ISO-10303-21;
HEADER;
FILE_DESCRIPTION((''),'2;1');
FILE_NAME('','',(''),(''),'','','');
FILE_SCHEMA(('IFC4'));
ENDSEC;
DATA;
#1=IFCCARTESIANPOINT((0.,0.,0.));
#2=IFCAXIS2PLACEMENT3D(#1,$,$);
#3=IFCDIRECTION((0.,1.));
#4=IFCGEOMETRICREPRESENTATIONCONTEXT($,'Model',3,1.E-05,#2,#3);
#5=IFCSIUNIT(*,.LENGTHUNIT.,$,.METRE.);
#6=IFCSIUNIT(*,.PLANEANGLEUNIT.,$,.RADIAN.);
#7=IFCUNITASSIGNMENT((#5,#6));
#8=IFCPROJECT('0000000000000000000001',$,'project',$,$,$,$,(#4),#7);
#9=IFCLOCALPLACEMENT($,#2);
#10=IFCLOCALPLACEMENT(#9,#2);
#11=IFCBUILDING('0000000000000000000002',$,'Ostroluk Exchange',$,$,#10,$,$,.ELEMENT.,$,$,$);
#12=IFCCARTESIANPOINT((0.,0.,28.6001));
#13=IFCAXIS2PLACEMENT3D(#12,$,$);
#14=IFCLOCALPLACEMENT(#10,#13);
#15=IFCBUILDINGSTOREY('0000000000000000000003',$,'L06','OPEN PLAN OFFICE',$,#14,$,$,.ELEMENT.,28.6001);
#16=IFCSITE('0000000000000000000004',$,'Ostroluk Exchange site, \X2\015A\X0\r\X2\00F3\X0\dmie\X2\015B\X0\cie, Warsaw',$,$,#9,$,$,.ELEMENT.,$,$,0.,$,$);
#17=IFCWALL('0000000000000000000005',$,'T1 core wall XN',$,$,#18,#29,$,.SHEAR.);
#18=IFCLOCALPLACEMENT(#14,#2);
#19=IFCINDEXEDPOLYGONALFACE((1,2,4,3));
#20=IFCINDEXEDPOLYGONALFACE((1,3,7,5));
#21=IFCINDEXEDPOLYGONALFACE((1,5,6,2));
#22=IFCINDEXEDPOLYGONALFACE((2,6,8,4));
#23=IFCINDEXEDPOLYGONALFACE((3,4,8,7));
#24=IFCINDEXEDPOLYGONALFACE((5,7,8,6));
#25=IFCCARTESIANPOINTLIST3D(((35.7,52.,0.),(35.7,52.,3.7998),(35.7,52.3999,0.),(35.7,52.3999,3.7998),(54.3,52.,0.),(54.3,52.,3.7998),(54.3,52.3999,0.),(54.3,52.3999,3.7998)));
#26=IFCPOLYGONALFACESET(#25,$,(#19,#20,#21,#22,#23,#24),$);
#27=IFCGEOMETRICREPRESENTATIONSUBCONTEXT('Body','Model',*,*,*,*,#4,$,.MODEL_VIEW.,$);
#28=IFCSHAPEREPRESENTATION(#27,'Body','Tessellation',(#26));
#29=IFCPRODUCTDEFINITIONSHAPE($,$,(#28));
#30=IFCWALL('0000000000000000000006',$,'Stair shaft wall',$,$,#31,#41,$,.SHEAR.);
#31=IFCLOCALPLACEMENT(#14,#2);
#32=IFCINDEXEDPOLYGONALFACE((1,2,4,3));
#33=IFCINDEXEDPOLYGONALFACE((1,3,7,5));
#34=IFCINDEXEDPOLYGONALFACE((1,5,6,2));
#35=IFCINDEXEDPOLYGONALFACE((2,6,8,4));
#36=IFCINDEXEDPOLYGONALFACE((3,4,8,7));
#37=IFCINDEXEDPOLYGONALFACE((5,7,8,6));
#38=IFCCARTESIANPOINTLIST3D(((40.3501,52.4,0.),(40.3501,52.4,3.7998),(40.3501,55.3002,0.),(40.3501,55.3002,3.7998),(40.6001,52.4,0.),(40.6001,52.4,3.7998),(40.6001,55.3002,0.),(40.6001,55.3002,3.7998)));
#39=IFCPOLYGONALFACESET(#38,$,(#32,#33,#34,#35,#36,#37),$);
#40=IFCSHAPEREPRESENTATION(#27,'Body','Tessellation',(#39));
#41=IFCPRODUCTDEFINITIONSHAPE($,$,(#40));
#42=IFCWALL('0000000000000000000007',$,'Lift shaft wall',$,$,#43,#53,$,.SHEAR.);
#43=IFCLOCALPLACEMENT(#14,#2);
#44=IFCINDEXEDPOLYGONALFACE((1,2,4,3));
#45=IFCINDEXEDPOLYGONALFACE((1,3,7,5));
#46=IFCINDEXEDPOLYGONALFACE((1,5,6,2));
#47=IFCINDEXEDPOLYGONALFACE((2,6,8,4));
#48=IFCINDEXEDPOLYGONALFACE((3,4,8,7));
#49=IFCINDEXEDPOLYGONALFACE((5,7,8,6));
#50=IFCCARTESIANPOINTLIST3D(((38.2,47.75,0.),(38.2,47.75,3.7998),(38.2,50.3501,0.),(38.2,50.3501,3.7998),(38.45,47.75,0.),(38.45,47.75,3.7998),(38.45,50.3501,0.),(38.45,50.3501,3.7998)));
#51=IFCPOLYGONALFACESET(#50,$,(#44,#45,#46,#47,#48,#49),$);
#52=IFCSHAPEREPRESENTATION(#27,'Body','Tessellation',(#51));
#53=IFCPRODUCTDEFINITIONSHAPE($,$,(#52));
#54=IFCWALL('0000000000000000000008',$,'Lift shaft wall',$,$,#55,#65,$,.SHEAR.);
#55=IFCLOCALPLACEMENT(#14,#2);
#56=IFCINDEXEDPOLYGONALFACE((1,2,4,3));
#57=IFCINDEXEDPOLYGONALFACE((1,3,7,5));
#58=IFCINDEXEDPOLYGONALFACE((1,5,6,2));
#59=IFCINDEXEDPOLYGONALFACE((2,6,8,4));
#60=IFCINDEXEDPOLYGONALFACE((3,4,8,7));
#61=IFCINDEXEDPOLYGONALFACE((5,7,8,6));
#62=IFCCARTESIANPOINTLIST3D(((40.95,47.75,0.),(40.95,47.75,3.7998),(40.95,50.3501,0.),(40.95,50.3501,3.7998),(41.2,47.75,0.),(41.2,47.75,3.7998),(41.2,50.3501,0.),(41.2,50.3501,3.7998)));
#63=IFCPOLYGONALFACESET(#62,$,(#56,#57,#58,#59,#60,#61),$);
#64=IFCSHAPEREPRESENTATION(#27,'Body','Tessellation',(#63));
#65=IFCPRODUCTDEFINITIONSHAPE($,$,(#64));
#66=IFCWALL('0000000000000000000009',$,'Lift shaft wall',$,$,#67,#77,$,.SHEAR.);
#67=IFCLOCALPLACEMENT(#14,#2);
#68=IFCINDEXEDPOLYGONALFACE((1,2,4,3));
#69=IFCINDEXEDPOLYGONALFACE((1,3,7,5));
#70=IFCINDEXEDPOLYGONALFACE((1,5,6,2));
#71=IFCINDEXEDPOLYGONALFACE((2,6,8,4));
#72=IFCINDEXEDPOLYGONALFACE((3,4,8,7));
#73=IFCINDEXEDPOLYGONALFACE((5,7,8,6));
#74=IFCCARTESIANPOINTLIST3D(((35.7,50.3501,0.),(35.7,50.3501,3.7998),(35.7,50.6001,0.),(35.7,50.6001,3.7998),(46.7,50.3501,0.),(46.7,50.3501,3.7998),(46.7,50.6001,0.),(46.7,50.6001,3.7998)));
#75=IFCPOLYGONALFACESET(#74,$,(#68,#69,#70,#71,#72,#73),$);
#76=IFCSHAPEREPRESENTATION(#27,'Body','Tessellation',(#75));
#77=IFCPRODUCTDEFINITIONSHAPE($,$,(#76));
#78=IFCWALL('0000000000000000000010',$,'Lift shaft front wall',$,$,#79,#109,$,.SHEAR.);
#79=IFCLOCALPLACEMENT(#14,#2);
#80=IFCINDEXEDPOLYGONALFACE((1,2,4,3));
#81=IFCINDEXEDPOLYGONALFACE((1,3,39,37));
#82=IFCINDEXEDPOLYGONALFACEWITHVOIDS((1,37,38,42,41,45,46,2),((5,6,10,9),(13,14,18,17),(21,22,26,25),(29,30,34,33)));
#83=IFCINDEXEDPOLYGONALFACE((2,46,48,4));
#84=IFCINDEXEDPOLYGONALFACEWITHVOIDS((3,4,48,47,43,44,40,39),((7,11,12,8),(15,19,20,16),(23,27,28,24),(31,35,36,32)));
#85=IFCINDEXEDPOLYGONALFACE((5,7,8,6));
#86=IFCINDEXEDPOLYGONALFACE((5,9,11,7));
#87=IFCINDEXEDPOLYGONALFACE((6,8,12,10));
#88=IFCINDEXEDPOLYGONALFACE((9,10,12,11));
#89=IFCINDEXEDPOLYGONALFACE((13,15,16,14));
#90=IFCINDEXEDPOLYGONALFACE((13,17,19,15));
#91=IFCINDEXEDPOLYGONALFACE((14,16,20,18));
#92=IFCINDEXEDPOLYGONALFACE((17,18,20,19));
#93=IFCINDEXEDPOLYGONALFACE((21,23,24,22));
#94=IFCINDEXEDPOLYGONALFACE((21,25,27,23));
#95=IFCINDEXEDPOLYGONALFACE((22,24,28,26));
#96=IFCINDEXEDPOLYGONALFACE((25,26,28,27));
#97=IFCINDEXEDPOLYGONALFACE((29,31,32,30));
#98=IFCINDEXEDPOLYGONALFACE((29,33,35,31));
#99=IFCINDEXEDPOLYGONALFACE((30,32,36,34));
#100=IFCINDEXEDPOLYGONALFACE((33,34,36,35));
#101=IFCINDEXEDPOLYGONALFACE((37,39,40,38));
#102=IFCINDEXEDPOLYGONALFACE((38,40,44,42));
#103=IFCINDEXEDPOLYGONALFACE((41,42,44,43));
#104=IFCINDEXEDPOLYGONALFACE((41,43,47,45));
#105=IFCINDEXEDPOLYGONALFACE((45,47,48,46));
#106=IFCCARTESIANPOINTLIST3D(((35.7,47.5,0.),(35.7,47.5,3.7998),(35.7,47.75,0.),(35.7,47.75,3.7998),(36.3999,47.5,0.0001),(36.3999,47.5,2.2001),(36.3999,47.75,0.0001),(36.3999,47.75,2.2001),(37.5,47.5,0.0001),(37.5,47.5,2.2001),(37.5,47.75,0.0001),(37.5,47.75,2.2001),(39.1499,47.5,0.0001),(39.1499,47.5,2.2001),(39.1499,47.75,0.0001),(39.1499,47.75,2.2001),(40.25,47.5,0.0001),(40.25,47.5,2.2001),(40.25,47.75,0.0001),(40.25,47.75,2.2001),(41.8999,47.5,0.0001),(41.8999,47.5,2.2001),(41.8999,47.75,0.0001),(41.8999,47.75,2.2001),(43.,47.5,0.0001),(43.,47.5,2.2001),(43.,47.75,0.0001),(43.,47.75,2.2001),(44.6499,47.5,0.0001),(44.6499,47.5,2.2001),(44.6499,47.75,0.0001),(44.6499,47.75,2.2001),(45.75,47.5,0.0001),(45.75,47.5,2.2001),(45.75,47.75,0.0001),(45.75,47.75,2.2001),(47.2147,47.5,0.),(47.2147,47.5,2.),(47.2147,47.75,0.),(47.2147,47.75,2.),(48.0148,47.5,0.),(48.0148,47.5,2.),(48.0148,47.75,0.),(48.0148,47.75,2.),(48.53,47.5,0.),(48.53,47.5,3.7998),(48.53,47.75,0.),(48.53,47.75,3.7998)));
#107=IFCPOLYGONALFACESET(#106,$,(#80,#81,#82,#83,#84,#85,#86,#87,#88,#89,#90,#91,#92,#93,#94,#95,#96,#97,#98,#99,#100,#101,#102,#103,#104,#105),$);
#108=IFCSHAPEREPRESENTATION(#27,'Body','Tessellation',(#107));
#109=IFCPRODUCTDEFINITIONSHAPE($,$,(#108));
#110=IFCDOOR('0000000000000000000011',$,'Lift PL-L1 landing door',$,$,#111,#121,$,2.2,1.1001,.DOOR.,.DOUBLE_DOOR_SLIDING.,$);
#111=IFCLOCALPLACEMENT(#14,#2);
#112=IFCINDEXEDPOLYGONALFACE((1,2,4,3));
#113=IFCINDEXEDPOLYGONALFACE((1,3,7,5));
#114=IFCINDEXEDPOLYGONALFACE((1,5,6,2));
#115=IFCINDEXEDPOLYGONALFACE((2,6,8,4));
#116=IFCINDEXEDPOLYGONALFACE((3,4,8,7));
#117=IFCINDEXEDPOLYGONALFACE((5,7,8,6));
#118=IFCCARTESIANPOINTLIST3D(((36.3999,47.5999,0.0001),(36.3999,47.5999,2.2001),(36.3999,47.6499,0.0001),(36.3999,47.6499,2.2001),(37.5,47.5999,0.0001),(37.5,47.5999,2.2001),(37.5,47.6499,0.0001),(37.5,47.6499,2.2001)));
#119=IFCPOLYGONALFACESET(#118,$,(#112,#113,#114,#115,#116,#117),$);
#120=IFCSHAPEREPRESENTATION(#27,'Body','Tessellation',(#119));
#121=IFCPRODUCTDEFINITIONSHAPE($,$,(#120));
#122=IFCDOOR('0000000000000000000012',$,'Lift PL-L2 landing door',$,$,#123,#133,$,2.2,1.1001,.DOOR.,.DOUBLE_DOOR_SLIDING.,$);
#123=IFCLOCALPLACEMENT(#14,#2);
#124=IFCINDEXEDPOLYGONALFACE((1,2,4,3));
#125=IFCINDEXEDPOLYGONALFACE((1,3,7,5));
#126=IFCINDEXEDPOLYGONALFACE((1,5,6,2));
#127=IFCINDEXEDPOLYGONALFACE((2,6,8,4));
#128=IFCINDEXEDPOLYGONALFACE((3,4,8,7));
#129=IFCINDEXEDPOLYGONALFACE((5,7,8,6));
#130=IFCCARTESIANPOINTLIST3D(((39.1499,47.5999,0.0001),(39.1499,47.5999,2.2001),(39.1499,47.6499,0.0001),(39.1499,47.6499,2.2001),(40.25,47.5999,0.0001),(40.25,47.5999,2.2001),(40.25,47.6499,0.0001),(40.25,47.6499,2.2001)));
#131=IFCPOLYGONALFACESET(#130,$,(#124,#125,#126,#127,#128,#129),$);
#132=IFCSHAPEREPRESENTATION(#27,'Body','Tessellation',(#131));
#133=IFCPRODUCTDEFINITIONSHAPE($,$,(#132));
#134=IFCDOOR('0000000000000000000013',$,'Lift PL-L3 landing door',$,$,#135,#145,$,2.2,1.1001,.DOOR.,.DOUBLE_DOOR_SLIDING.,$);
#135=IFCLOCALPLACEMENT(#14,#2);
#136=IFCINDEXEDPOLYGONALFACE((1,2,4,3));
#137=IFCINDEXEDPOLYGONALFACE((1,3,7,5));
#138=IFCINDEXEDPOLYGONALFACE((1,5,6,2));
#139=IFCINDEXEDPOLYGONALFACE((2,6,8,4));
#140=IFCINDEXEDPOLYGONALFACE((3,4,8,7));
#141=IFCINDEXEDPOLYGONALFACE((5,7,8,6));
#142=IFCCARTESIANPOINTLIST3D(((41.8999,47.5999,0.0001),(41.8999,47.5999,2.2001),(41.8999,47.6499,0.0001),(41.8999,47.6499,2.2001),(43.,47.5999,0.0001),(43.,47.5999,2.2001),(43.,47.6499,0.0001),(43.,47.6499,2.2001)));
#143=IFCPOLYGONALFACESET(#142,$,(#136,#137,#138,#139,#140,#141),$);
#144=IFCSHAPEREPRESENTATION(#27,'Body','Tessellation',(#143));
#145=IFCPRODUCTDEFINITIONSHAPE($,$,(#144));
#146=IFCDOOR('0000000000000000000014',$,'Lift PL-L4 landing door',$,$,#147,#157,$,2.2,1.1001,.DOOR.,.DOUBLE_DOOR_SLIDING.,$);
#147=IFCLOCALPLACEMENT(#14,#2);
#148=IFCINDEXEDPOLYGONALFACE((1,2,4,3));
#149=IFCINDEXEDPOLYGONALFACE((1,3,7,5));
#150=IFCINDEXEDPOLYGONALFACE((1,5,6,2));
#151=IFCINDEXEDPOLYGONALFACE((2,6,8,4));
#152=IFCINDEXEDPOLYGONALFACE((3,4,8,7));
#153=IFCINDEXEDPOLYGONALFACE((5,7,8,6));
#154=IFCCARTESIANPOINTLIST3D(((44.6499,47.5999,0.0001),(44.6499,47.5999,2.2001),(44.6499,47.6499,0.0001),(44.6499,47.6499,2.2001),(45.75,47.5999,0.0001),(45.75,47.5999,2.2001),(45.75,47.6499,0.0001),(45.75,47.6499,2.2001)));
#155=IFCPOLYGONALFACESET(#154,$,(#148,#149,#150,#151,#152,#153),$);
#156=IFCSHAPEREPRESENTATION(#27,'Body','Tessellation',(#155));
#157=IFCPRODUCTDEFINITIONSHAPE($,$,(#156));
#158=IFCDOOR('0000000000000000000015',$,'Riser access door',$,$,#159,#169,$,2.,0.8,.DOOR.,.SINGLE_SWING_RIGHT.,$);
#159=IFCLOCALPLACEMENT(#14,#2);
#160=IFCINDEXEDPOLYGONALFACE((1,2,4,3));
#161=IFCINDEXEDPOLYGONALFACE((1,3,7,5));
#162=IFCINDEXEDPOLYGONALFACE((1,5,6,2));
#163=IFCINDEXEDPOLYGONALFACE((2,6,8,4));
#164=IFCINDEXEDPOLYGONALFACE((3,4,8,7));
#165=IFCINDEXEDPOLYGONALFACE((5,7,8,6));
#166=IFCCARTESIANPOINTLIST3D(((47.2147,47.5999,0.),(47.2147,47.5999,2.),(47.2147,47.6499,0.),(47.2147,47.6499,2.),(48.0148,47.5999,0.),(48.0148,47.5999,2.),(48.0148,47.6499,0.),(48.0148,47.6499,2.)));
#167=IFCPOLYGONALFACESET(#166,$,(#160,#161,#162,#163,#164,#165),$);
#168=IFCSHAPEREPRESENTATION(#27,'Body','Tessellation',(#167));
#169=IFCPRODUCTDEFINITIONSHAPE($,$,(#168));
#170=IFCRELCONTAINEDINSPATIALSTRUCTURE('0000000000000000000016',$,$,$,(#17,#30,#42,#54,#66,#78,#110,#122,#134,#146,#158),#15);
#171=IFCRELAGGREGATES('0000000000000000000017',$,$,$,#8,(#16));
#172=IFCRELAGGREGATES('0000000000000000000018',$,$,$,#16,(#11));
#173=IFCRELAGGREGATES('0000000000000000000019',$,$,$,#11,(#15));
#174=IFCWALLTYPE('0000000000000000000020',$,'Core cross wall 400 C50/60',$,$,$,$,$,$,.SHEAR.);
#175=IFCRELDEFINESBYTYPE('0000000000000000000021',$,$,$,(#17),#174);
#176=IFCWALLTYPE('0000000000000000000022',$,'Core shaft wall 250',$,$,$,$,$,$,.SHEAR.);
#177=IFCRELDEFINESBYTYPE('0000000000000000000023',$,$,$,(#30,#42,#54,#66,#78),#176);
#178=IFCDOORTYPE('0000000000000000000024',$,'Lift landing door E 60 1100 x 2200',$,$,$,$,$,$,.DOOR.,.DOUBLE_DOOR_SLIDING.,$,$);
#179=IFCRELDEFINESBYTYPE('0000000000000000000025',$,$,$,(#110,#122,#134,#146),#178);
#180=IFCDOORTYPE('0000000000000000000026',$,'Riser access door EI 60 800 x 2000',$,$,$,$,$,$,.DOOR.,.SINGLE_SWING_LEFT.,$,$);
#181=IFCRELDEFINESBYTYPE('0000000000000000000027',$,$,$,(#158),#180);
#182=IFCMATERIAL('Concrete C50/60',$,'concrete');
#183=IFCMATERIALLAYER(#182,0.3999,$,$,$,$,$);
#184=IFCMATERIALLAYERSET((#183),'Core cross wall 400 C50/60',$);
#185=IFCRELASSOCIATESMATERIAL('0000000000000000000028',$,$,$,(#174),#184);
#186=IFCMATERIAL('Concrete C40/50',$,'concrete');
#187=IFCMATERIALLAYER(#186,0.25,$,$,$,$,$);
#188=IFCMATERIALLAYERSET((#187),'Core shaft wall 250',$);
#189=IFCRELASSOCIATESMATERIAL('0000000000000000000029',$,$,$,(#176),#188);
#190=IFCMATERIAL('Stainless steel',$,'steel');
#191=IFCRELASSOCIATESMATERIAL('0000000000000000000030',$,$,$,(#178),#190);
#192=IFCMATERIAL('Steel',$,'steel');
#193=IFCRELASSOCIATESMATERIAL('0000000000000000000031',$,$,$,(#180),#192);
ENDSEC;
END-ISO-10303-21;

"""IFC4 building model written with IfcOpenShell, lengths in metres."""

from ifc_helpers import new_model, si_unit, direction, frame, frame_2d, origin, place, context, subcontext, project, spatial, rectangle, extrude, material, layer, layer_set, type_object, element, fill, save


model = new_model("IFC4")

# Units and contexts
model_context = context("Model", 3, precision=1e-05, world=origin(), true_north=direction((0.0, 1.0)))
body_context = subcontext(model_context, "Body", "Model", "MODEL_VIEW")
ifc_project = project(units=[si_unit("LENGTHUNIT", "METRE"), si_unit("PLANEANGLEUNIT", "RADIAN")], contexts=[model_context])

# Site, building, storey
site_placement = place(None, origin())
site = spatial("IfcSite", under=ifc_project, at=site_placement, Name="Ostroluk Exchange site, Śródmieście, Warsaw", CompositionType="ELEMENT", RefElevation=0.0)
building_placement = place(site_placement, origin())
building = spatial("IfcBuilding", under=site, at=building_placement, Name="Ostroluk Exchange", CompositionType="ELEMENT")
storey_placement = place(building_placement, frame((0.0, 0.0, 28.6001)))
storey = spatial("IfcBuildingStorey", under=building, at=storey_placement, Name="L06", Description="OPEN PLAN OFFICE", CompositionType="ELEMENT", Elevation=28.6001)

# Walls
ifc_material_1 = material(Name="Concrete C50/60", Category="concrete")
ifc_layer_1 = layer(ifc_material_1, 0.3999)
ifc_layer_set_1 = layer_set([ifc_layer_1], Name="Core cross wall 400 C50/60")
wall_type_1 = type_object("IfcWallType", Name="Core cross wall 400 C50/60", PredefinedType="SHEAR", material=ifc_layer_set_1)
wall_1_placement = place(storey_placement, frame((35.7, 52.2, 0.0), z_axis=(0.0, 0.0, 1.0), x_axis=(1.0, 0.0, 0.0)))
element("IfcWall", 1, at=wall_1_placement, inside=storey, type_object=wall_type_1, Name="T1 core wall XN", PredefinedType="SHEAR", context=body_context, shape_type="SweptSolid", body=[
    extrude(rectangle(XDim=18.6001, YDim=0.3999, at=frame_2d((9.3, 0.0))), origin(), (0.0, 0.0, 1.0), 3.7998),
])
ifc_material_2 = material(Name="Concrete C40/50", Category="concrete")
ifc_layer_2 = layer(ifc_material_2, 0.25)
ifc_layer_set_2 = layer_set([ifc_layer_2], Name="Core shaft wall 250")
wall_type_2 = type_object("IfcWallType", Name="Core shaft wall 250", PredefinedType="SHEAR", material=ifc_layer_set_2)
wall_2_placement = place(storey_placement, frame((40.4751, 52.3999, 0.0), z_axis=(0.0, 0.0, 1.0), x_axis=(0.0, 1.0, 0.0)))
element("IfcWall", 2, at=wall_2_placement, inside=storey, type_object=wall_type_2, Name="Stair shaft wall", PredefinedType="SHEAR", context=body_context, shape_type="SweptSolid", body=[
    extrude(rectangle(XDim=2.9001, YDim=0.25, at=frame_2d((1.4502, 0.0))), origin(), (0.0, 0.0, 1.0), 3.7998),
])
for number, where, z_axis, x_axis, name in (
    (3, (38.325, 47.75, 0.0), (0.0, 0.0, 1.0), (0.0, 1.0, 0.0), "Lift shaft wall"),
    (4, (41.075, 47.75, 0.0), (0.0, 0.0, 1.0), (0.0, 1.0, 0.0), "Lift shaft wall"),
):
    element("IfcWall", number, at=place(storey_placement, frame(where, z_axis=z_axis, x_axis=x_axis)), inside=storey, type_object=wall_type_2, Name=name, PredefinedType="SHEAR", context=body_context, shape_type="SweptSolid", body=[
        extrude(rectangle(XDim=2.6001, YDim=0.25, at=frame_2d((1.3, 0.0))), origin(), (0.0, 0.0, 1.0), 3.7998),
    ])
wall_3_placement = place(storey_placement, frame((35.7, 50.4751, 0.0), z_axis=(0.0, 0.0, 1.0), x_axis=(1.0, 0.0, 0.0)))
element("IfcWall", 5, at=wall_3_placement, inside=storey, type_object=wall_type_2, Name="Lift shaft wall", PredefinedType="SHEAR", context=body_context, shape_type="SweptSolid", body=[
    extrude(rectangle(XDim=11.0, YDim=0.25, at=frame_2d((5.5, 0.0))), origin(), (0.0, 0.0, 1.0), 3.7998),
])

# Wall, openings, doors
wall_4_placement = place(storey_placement, frame((35.7, 47.625, 0.0), z_axis=(0.0, 0.0, 1.0), x_axis=(1.0, 0.0, 0.0)))
wall_4 = element("IfcWall", 6, at=wall_4_placement, inside=storey, type_object=wall_type_2, Name="Lift shaft front wall", PredefinedType="SHEAR", context=body_context, shape_type="SweptSolid", body=[
    extrude(rectangle(XDim=12.8301, YDim=0.25, at=frame_2d((6.415, 0.0))), origin(), (0.0, 0.0, 1.0), 3.7998),
])
opening_1_placement = place(wall_4_placement, frame((0.7, 0.0, 0.0)))
opening_1 = element("IfcOpeningElement", 7, at=opening_1_placement, cuts=wall_4, PredefinedType="OPENING", context=body_context, shape_type="SweptSolid", body=[
    extrude(rectangle(XDim=1.1001, YDim=2.2, at=frame_2d((0.55, 1.1001))), frame((0.0, 0.135, 0.0), z_axis=(0.0, -1.0, 0.0), x_axis=(1.0, 0.0, 0.0)), (0.0, 0.0, 1.0), 0.27),
])
opening_2_placement = place(wall_4_placement, frame((3.45, 0.0, 0.0)))
opening_2 = element("IfcOpeningElement", 8, at=opening_2_placement, cuts=wall_4, PredefinedType="OPENING", context=body_context, shape_type="SweptSolid", body=[
    extrude(rectangle(XDim=1.1001, YDim=2.2, at=frame_2d((0.55, 1.1001))), frame((0.0, 0.135, 0.0), z_axis=(0.0, -1.0, 0.0), x_axis=(1.0, 0.0, 0.0)), (0.0, 0.0, 1.0), 0.27),
])
opening_3_placement = place(wall_4_placement, frame((6.2, 0.0, 0.0)))
opening_3 = element("IfcOpeningElement", 9, at=opening_3_placement, cuts=wall_4, PredefinedType="OPENING", context=body_context, shape_type="SweptSolid", body=[
    extrude(rectangle(XDim=1.1001, YDim=2.2, at=frame_2d((0.55, 1.1001))), frame((0.0, 0.135, 0.0), z_axis=(0.0, -1.0, 0.0), x_axis=(1.0, 0.0, 0.0)), (0.0, 0.0, 1.0), 0.27),
])
opening_4_placement = place(wall_4_placement, frame((8.95, 0.0, 0.0)))
opening_4 = element("IfcOpeningElement", 10, at=opening_4_placement, cuts=wall_4, PredefinedType="OPENING", context=body_context, shape_type="SweptSolid", body=[
    extrude(rectangle(XDim=1.1001, YDim=2.2, at=frame_2d((0.55, 1.1001))), frame((0.0, 0.135, 0.0), z_axis=(0.0, -1.0, 0.0), x_axis=(1.0, 0.0, 0.0)), (0.0, 0.0, 1.0), 0.27),
])
opening_5_placement = place(wall_4_placement, frame((11.5149, 0.0, 0.0)))
opening_5 = element("IfcOpeningElement", 11, at=opening_5_placement, cuts=wall_4, PredefinedType="OPENING", context=body_context, shape_type="SweptSolid", body=[
    extrude(rectangle(XDim=0.8, YDim=2.0, at=frame_2d((0.3999, 1.0))), frame((0.0, 0.135, 0.0), z_axis=(0.0, -1.0, 0.0), x_axis=(1.0, 0.0, 0.0)), (0.0, 0.0, 1.0), 0.27),
])
ifc_material_3 = material(Name="Stainless steel", Category="steel")
door_type_1 = type_object("IfcDoorType", Name="Lift landing door E 60 1100 x 2200", OperationType="DOUBLE_DOOR_SLIDING", PredefinedType="DOOR", material=ifc_material_3)
door_1_placement = place(opening_1_placement, origin())
door_1 = element("IfcDoor", 12, at=door_1_placement, inside=storey, type_object=door_type_1, Name="Lift PL-L1 landing door", OperationType="DOUBLE_DOOR_SLIDING", OverallHeight=2.2, OverallWidth=1.1001, PredefinedType="DOOR", context=body_context, shape_type="SweptSolid", body=[
    extrude(rectangle(XDim=1.1001, YDim=2.2, at=frame_2d((0.55, 1.1001))), frame((0.0, 0.0249, 0.0), z_axis=(0.0, -1.0, 0.0), x_axis=(1.0, 0.0, 0.0)), (0.0, 0.0, 1.0), 0.05),
])
fill(opening_1, door_1)
door_2_placement = place(opening_2_placement, origin())
door_2 = element("IfcDoor", 13, at=door_2_placement, inside=storey, type_object=door_type_1, Name="Lift PL-L2 landing door", OperationType="DOUBLE_DOOR_SLIDING", OverallHeight=2.2, OverallWidth=1.1001, PredefinedType="DOOR", context=body_context, shape_type="SweptSolid", body=[
    extrude(rectangle(XDim=1.1001, YDim=2.2, at=frame_2d((0.55, 1.1001))), frame((0.0, 0.0249, 0.0), z_axis=(0.0, -1.0, 0.0), x_axis=(1.0, 0.0, 0.0)), (0.0, 0.0, 1.0), 0.05),
])
fill(opening_2, door_2)
door_3_placement = place(opening_3_placement, origin())
door_3 = element("IfcDoor", 14, at=door_3_placement, inside=storey, type_object=door_type_1, Name="Lift PL-L3 landing door", OperationType="DOUBLE_DOOR_SLIDING", OverallHeight=2.2, OverallWidth=1.1001, PredefinedType="DOOR", context=body_context, shape_type="SweptSolid", body=[
    extrude(rectangle(XDim=1.1001, YDim=2.2, at=frame_2d((0.55, 1.1001))), frame((0.0, 0.0249, 0.0), z_axis=(0.0, -1.0, 0.0), x_axis=(1.0, 0.0, 0.0)), (0.0, 0.0, 1.0), 0.05),
])
fill(opening_3, door_3)
door_4_placement = place(opening_4_placement, origin())
door_4 = element("IfcDoor", 15, at=door_4_placement, inside=storey, type_object=door_type_1, Name="Lift PL-L4 landing door", OperationType="DOUBLE_DOOR_SLIDING", OverallHeight=2.2, OverallWidth=1.1001, PredefinedType="DOOR", context=body_context, shape_type="SweptSolid", body=[
    extrude(rectangle(XDim=1.1001, YDim=2.2, at=frame_2d((0.55, 1.1001))), frame((0.0, 0.0249, 0.0), z_axis=(0.0, -1.0, 0.0), x_axis=(1.0, 0.0, 0.0)), (0.0, 0.0, 1.0), 0.05),
])
fill(opening_4, door_4)
ifc_material_4 = material(Name="Steel", Category="steel")
door_type_2 = type_object("IfcDoorType", Name="Riser access door EI 60 800 x 2000", OperationType="SINGLE_SWING_LEFT", PredefinedType="DOOR", material=ifc_material_4)
door_5_placement = place(opening_5_placement, origin())
door_5 = element("IfcDoor", 16, at=door_5_placement, inside=storey, type_object=door_type_2, Name="Riser access door", OperationType="SINGLE_SWING_RIGHT", OverallHeight=2.0, OverallWidth=0.8, PredefinedType="DOOR", context=body_context, shape_type="SweptSolid", body=[
    extrude(rectangle(XDim=0.8, YDim=2.0, at=frame_2d((0.3999, 1.0))), frame((0.0, 0.0249, 0.0), z_axis=(0.0, -1.0, 0.0), x_axis=(1.0, 0.0, 0.0)), (0.0, 0.0, 1.0), 0.05),
])
fill(opening_5, door_5)

save(model, "model.ifc")
